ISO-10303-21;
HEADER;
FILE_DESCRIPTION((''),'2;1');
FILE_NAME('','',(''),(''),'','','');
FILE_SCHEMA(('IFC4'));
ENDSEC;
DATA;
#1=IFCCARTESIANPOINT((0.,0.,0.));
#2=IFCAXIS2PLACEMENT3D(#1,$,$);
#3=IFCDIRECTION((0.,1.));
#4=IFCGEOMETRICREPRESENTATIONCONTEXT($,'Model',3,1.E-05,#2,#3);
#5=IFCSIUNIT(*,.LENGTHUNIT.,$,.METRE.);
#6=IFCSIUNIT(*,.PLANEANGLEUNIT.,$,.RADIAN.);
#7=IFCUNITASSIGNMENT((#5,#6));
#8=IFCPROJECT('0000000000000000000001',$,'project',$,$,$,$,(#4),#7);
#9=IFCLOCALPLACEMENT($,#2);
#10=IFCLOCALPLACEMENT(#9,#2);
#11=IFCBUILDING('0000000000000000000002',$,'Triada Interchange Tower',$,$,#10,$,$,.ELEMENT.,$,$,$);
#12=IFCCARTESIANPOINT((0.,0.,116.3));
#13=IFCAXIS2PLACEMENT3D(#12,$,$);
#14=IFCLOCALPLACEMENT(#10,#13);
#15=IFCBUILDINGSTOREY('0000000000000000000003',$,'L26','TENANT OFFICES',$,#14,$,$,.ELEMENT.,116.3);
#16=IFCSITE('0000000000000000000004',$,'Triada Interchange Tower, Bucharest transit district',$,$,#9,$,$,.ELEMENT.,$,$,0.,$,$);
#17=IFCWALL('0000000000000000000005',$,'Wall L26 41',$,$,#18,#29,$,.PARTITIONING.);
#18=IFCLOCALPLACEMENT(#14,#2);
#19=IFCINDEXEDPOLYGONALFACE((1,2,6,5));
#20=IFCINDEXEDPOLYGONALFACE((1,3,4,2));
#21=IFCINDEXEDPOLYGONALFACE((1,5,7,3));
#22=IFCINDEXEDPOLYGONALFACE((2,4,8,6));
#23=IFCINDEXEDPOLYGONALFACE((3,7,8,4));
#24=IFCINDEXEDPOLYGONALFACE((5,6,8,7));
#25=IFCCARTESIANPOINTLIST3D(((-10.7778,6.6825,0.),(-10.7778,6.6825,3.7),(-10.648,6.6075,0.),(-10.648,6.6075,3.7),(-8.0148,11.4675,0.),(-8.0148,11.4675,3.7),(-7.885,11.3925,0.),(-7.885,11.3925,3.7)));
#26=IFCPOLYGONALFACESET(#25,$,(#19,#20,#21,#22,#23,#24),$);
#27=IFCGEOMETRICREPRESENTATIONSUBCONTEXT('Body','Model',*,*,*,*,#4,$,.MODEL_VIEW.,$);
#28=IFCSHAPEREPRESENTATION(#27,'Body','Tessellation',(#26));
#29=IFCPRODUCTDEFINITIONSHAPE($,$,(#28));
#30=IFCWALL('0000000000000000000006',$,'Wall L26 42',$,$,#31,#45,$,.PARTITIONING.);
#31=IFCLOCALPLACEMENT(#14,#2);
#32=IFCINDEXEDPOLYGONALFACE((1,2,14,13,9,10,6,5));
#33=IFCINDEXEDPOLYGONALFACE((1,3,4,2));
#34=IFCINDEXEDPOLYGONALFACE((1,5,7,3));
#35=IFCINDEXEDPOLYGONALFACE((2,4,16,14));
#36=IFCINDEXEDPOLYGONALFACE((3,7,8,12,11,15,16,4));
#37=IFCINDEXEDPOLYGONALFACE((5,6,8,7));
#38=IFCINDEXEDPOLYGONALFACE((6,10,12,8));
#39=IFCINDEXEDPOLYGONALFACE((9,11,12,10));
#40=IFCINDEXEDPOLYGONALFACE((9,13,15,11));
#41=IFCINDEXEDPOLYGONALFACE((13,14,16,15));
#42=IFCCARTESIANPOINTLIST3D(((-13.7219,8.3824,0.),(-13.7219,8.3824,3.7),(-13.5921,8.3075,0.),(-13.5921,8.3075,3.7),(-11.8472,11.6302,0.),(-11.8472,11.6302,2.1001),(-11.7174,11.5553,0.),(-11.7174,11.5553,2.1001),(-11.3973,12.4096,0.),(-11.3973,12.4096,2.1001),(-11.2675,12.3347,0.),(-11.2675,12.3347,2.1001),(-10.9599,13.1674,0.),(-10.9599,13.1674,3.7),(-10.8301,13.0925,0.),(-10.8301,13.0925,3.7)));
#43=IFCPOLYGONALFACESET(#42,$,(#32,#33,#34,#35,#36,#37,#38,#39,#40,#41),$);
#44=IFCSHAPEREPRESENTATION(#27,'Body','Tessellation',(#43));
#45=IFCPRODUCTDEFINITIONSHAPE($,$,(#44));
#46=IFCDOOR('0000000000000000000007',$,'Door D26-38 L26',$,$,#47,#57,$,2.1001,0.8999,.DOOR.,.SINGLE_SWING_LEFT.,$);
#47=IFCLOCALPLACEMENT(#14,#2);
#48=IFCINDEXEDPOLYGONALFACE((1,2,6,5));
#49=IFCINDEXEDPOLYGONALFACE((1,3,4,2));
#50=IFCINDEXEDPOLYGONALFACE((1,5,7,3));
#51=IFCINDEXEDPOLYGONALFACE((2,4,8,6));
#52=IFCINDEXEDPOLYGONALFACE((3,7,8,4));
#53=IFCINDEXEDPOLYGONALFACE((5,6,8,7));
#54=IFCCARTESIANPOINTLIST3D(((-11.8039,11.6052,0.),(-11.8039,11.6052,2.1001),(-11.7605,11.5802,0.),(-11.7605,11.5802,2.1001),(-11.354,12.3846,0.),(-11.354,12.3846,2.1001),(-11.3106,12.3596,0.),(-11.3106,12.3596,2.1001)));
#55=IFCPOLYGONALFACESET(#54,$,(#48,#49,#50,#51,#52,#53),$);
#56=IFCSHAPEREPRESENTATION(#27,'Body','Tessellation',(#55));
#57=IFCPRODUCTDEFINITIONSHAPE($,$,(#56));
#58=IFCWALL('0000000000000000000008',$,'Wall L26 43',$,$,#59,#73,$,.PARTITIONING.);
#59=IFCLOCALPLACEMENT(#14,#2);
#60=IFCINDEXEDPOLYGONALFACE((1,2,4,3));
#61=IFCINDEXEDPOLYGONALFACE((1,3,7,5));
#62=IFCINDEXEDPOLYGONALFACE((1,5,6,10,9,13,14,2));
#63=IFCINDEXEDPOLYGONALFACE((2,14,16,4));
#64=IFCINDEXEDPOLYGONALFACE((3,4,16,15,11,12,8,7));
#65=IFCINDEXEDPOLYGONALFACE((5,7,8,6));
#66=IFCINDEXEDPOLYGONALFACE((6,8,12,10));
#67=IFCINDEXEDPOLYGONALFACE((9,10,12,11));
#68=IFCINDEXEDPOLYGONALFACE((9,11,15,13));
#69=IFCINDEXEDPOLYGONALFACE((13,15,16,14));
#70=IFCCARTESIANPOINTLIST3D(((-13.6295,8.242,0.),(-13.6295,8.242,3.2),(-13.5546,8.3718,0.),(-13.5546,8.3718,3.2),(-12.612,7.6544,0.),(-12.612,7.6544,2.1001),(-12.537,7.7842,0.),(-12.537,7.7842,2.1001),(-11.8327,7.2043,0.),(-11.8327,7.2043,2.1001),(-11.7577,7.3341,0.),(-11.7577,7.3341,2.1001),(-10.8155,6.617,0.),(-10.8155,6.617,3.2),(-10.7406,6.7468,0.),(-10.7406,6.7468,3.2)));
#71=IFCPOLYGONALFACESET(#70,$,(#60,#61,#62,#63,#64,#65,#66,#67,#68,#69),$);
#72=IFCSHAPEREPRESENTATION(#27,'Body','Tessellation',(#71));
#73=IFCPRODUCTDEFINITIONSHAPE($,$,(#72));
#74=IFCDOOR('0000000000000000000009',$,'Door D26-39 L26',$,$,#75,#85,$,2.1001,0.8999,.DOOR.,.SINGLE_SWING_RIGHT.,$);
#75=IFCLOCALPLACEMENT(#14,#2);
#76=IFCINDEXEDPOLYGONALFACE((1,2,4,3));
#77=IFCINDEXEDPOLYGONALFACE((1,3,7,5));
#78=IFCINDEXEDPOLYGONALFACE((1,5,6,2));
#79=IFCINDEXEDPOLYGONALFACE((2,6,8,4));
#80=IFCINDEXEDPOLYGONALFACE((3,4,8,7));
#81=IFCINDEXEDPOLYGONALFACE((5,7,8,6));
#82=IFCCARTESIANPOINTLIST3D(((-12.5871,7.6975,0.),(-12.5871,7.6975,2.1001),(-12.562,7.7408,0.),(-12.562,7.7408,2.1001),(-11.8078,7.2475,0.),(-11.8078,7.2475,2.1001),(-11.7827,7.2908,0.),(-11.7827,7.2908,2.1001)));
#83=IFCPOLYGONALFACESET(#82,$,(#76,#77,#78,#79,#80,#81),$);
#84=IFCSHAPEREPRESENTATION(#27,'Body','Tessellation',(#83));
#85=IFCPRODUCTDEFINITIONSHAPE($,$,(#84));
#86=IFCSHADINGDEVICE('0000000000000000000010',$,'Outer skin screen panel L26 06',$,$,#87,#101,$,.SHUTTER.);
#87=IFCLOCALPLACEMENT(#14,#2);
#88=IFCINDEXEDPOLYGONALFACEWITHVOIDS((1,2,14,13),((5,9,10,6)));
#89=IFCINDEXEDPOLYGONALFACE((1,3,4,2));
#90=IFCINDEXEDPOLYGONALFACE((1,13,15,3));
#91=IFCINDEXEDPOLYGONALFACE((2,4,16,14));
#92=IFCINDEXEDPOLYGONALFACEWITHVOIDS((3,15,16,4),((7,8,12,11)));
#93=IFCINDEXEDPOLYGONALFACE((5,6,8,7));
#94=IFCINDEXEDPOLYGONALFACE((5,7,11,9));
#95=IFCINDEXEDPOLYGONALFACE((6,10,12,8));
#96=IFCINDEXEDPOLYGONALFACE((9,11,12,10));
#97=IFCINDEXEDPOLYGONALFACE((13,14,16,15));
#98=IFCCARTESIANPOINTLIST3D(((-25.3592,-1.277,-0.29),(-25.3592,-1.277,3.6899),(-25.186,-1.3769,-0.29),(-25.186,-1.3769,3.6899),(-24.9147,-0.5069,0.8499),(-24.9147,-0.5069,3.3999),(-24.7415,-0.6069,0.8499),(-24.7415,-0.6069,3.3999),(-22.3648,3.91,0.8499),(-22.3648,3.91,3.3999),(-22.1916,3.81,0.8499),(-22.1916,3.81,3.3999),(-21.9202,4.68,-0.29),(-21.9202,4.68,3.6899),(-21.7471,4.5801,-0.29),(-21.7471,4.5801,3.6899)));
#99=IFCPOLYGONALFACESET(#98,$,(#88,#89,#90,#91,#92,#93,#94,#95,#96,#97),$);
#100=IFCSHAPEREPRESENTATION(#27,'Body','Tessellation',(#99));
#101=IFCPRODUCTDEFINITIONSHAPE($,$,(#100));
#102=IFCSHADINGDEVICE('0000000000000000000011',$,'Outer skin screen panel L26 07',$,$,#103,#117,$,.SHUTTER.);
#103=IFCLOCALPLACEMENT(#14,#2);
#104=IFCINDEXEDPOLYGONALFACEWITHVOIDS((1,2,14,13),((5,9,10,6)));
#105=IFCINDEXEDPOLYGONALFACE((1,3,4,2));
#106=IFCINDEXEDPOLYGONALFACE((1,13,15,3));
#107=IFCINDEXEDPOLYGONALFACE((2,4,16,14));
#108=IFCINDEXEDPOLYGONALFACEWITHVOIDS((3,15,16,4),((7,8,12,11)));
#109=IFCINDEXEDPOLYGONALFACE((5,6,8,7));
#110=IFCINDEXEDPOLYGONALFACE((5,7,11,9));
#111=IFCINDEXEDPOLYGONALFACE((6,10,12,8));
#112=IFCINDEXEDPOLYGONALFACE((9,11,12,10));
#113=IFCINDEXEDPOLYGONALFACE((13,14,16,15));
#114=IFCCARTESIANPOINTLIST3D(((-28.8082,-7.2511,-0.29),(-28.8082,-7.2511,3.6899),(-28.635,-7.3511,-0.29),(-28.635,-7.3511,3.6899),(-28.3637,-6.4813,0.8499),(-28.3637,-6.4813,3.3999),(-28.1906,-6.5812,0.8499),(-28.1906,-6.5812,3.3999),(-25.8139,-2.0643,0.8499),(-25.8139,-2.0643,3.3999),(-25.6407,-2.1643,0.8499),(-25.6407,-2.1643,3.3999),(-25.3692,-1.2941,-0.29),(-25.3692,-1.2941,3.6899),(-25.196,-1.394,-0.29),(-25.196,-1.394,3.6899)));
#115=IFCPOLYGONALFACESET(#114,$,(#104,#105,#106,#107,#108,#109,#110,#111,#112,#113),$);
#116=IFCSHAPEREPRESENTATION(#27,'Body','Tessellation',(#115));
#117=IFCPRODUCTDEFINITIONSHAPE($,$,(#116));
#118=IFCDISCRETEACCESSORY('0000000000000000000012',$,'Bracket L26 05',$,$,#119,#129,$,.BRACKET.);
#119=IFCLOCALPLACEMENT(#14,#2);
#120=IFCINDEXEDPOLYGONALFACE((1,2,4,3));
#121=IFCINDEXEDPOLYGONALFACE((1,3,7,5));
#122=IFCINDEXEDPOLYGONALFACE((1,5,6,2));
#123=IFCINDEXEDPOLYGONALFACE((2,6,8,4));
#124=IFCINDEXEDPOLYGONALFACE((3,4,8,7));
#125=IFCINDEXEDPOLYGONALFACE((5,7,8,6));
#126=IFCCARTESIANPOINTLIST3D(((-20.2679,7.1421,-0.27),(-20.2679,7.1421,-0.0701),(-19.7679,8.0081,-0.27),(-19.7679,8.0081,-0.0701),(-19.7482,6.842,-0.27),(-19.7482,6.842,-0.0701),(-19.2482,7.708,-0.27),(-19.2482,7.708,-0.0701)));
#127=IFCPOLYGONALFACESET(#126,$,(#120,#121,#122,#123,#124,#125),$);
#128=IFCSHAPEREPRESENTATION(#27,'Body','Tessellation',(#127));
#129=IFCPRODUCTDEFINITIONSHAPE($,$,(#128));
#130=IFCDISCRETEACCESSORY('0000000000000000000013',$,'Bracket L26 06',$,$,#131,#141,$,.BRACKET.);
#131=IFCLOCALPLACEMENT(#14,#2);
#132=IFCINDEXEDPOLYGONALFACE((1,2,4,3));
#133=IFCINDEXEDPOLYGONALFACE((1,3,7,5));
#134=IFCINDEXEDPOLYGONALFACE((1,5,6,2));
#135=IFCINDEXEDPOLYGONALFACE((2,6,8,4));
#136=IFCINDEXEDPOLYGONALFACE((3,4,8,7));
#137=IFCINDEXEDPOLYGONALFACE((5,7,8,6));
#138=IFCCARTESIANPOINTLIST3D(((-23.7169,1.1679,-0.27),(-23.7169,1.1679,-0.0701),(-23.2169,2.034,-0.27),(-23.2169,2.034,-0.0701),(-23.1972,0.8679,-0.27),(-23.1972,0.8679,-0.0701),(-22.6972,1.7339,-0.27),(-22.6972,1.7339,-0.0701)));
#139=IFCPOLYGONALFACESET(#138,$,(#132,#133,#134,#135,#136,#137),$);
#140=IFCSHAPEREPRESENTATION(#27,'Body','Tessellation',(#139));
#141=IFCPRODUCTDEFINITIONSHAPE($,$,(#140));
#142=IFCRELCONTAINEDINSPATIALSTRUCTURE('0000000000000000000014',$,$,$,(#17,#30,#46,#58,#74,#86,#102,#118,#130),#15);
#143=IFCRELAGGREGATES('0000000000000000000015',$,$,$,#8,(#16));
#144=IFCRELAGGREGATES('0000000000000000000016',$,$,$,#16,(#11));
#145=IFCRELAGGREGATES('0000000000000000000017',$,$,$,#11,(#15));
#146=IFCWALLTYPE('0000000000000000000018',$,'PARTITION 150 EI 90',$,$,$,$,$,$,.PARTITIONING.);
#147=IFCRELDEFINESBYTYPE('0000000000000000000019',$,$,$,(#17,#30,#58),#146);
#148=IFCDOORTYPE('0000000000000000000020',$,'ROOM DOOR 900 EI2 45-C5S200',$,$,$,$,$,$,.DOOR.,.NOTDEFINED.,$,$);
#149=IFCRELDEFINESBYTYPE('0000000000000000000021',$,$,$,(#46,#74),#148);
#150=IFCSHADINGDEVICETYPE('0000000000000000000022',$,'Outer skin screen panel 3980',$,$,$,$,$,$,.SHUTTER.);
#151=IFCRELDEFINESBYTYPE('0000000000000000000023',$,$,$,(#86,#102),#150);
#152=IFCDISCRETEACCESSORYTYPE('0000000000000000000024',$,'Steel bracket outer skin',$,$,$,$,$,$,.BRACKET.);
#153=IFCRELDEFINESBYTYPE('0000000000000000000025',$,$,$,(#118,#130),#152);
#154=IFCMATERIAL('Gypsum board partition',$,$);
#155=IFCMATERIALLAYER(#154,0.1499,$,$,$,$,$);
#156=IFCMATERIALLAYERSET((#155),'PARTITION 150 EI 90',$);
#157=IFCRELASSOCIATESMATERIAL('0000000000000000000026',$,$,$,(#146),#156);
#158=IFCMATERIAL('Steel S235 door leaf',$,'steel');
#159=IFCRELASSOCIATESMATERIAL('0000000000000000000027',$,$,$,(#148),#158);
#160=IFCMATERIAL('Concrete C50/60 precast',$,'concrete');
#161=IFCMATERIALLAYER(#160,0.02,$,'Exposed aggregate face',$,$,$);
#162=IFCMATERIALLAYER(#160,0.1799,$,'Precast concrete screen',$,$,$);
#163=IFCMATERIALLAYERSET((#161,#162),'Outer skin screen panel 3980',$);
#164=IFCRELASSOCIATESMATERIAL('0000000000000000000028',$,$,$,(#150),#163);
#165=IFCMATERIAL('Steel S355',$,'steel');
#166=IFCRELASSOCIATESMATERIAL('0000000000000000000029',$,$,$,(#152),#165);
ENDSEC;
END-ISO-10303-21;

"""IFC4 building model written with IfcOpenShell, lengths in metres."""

from ifc_helpers import new_model, si_unit, direction, frame, frame_2d, origin, origin_2d, place, context, subcontext, project, spatial, polyline, rectangle, outline, extrude, material, layer, layer_set, type_object, element, fill, save


model = new_model("IFC4")

# Units and contexts
model_context = context("Model", 3, precision=1e-05, world=origin(), true_north=direction((0.0, 1.0)))
body_context = subcontext(model_context, "Body", "Model", "MODEL_VIEW")
ifc_project = project(units=[si_unit("LENGTHUNIT", "METRE"), si_unit("PLANEANGLEUNIT", "RADIAN")], contexts=[model_context])

# Site, building, storey
site_placement = place(None, origin())
site = spatial("IfcSite", under=ifc_project, at=site_placement, Name="Triada Interchange Tower, Bucharest transit district", CompositionType="ELEMENT", RefElevation=0.0)
building_placement = place(site_placement, origin())
building = spatial("IfcBuilding", under=site, at=building_placement, Name="Triada Interchange Tower", CompositionType="ELEMENT")
storey_placement = place(building_placement, frame((0.0, 0.0, 116.3)))
storey = spatial("IfcBuildingStorey", under=building, at=storey_placement, Name="L26", Description="TENANT OFFICES", CompositionType="ELEMENT", Elevation=116.3)

# Shared definitions
ifc_material_1 = material(Name="Steel S235 door leaf", Category="steel")

# Wall
ifc_material_2 = material(Name="Gypsum board partition")
ifc_layer_1 = layer(ifc_material_2, 0.1499)
ifc_layer_set_1 = layer_set([ifc_layer_1], Name="PARTITION 150 EI 90")
wall_type_1 = type_object("IfcWallType", Name="PARTITION 150 EI 90", PredefinedType="PARTITIONING", material=ifc_layer_set_1)
wall_1_placement = place(storey_placement, frame((-10.7129, 6.645, 0.0), z_axis=(0.0, 0.0, 1.0), x_axis=(0.50005, 0.865996, 0.0)))
element("IfcWall", 1, at=wall_1_placement, inside=storey, type_object=wall_type_1, Name="Wall L26 41", PredefinedType="PARTITIONING", context=body_context, shape_type="SweptSolid", body=[
    extrude(rectangle(XDim=5.5254, YDim=0.1499, at=frame_2d((2.7627, 0.0))), origin(), (0.0, 0.0, 1.0), 3.7),
])

# Walls, openings, doors
wall_2_placement = place(storey_placement, frame((-13.657, 8.345, 0.0), z_axis=(0.0, 0.0, 1.0), x_axis=(0.499918, 0.866073, 0.0)))
wall_2 = element("IfcWall", 2, at=wall_2_placement, inside=storey, type_object=wall_type_1, Name="Wall L26 42", PredefinedType="PARTITIONING", context=body_context, shape_type="SweptSolid", body=[
    extrude(rectangle(XDim=5.5249, YDim=0.1499, at=frame_2d((2.7625, 0.0))), origin(), (0.0, 0.0, 1.0), 3.7),
])
opening_1_placement = place(wall_2_placement, frame((3.75, 0.0, 0.0)))
opening_1 = element("IfcOpeningElement", 3, at=opening_1_placement, cuts=wall_2, PredefinedType="OPENING", context=body_context, shape_type="SweptSolid", body=[
    extrude(rectangle(XDim=0.8999, YDim=2.1001, at=frame_2d((0.45, 1.05))), frame((0.0, 0.085, 0.0), z_axis=(0.0, -1.0, 0.0), x_axis=(1.0, 0.0, 0.0)), (0.0, 0.0, 1.0), 0.1699),
])
door_type_1 = type_object("IfcDoorType", Name="ROOM DOOR 900 EI2 45-C5S200", OperationType="NOTDEFINED", PredefinedType="DOOR", material=ifc_material_1)
door_1_placement = place(opening_1_placement, origin())
door_1 = element("IfcDoor", 4, at=door_1_placement, inside=storey, type_object=door_type_1, Name="Door D26-38 L26", OperationType="SINGLE_SWING_LEFT", OverallHeight=2.1001, OverallWidth=0.8999, PredefinedType="DOOR", context=body_context, shape_type="SweptSolid", body=[
    extrude(rectangle(XDim=0.8999, YDim=2.1001, at=frame_2d((0.45, 1.05))), frame((0.0, 0.0249, 0.0), z_axis=(0.0, -1.0, 0.0), x_axis=(1.0, 0.0, 0.0)), (0.0, 0.0, 1.0), 0.05),
])
fill(opening_1, door_1)
wall_3_placement = place(storey_placement, frame((-13.592, 8.3069, 0.0), z_axis=(0.0, 0.0, 1.0), x_axis=(0.865978, -0.500082, 0.0)))
wall_3 = element("IfcWall", 5, at=wall_3_placement, inside=storey, type_object=wall_type_1, Name="Wall L26 43", PredefinedType="PARTITIONING", context=body_context, shape_type="SweptSolid", body=[
    extrude(rectangle(XDim=3.2495, YDim=0.1499, at=frame_2d((1.6248, 0.0))), origin(), (0.0, 0.0, 1.0), 3.2),
])
opening_2_placement = place(wall_3_placement, frame((1.175, 0.0, 0.0)))
opening_2 = element("IfcOpeningElement", 6, at=opening_2_placement, cuts=wall_3, PredefinedType="OPENING", context=body_context, shape_type="SweptSolid", body=[
    extrude(rectangle(XDim=0.8999, YDim=2.1001, at=frame_2d((0.45, 1.05))), frame((0.0, 0.085, 0.0), z_axis=(0.0, -1.0, 0.0), x_axis=(1.0, 0.0, 0.0)), (0.0, 0.0, 1.0), 0.1699),
])
door_2_placement = place(opening_2_placement, origin())
door_2 = element("IfcDoor", 7, at=door_2_placement, inside=storey, type_object=door_type_1, Name="Door D26-39 L26", OperationType="SINGLE_SWING_RIGHT", OverallHeight=2.1001, OverallWidth=0.8999, PredefinedType="DOOR", context=body_context, shape_type="SweptSolid", body=[
    extrude(rectangle(XDim=0.8999, YDim=2.1001, at=frame_2d((0.45, 1.05))), frame((0.0, 0.0249, 0.0), z_axis=(0.0, -1.0, 0.0), x_axis=(1.0, 0.0, 0.0)), (0.0, 0.0, 1.0), 0.05),
])
fill(opening_2, door_2)

# Shading devices
ifc_material_3 = material(Name="Concrete C50/60 precast", Category="concrete")
ifc_layer_2 = layer(ifc_material_3, 0.02, Name="Exposed aggregate face")
ifc_layer_3 = layer(ifc_material_3, 0.1799, Name="Precast concrete screen")
ifc_layer_set_2 = layer_set([ifc_layer_2, ifc_layer_3], Name="Outer skin screen panel 3980")
shading_device_type = type_object("IfcShadingDeviceType", Name="Outer skin screen panel 3980", PredefinedType="SHUTTER", material=ifc_layer_set_2)
shading_device_1_placement = place(storey_placement, frame((-21.7471, 4.5801, -0.29), z_axis=(0.0, 0.0, 1.0), x_axis=(-0.499964, -0.866046, 0.0)))
element("IfcShadingDevice", 8, at=shading_device_1_placement, inside=storey, type_object=shading_device_type, Name="Outer skin screen panel L26 06", PredefinedType="SHUTTER", context=body_context, shape_type="SweptSolid", body=[
    extrude(outline(polyline([(0.0, 0.0), (6.8784, 0.0), (6.8784, 3.98), (0.0, 3.98), (0.0, 0.0)]), holes=[polyline([(0.8892, 1.1399), (0.8892, 3.6899), (5.9893, 3.6899), (5.9893, 1.1399), (0.8892, 1.1399)])]), frame((0.0, 0.0, 0.0), z_axis=(0.0, -1.0, 0.0), x_axis=(1.0, 0.0, 0.0)), (0.0, 0.0, 1.0), 0.2),
])
shading_device_2_placement = place(storey_placement, frame((-25.196, -1.394, -0.29), z_axis=(0.0, 0.0, 1.0), x_axis=(-0.499964, -0.866046, 0.0)))
element("IfcShadingDevice", 9, at=shading_device_2_placement, inside=storey, type_object=shading_device_type, Name="Outer skin screen panel L26 07", PredefinedType="SHUTTER", context=body_context, shape_type="SweptSolid", body=[
    extrude(outline(polyline([(0.0, 0.0), (6.8784, 0.0), (6.8784, 3.98), (0.0, 3.98), (0.0, 0.0)]), holes=[polyline([(0.8894, 1.1399), (0.8894, 3.6899), (5.9895, 3.6899), (5.9895, 1.1399), (0.8894, 1.1399)])]), frame((0.0, 0.0, 0.0), z_axis=(0.0, -1.0, 0.0), x_axis=(1.0, 0.0, 0.0)), (0.0, 0.0, 1.0), 0.2),
])

# Discrete accessories
ifc_material_4 = material(Name="Steel S355", Category="steel")
discrete_accessory_type = type_object("IfcDiscreteAccessoryType", Name="Steel bracket outer skin", PredefinedType="BRACKET", material=ifc_material_4)
for number, where, z_axis, x_axis, name in (
    (10, (-19.7581, 7.425, -0.27), (0.0, 0.0, 1.0), (-0.866028, 0.499995, 0.0), "Bracket L26 05"),
    (11, (-23.207, 1.4509, -0.27), (0.0, 0.0, 1.0), (-0.866028, 0.499995, 0.0), "Bracket L26 06"),
):
    element("IfcDiscreteAccessory", number, at=place(storey_placement, frame(where, z_axis=z_axis, x_axis=x_axis)), inside=storey, type_object=discrete_accessory_type, Name=name, PredefinedType="BRACKET", context=body_context, shape_type="SweptSolid", body=[
        extrude(rectangle(XDim=0.6001, YDim=1.0, at=origin_2d()), origin(), (0.0, 0.0, 1.0), 0.2),
    ])

save(model, "model.ifc")
